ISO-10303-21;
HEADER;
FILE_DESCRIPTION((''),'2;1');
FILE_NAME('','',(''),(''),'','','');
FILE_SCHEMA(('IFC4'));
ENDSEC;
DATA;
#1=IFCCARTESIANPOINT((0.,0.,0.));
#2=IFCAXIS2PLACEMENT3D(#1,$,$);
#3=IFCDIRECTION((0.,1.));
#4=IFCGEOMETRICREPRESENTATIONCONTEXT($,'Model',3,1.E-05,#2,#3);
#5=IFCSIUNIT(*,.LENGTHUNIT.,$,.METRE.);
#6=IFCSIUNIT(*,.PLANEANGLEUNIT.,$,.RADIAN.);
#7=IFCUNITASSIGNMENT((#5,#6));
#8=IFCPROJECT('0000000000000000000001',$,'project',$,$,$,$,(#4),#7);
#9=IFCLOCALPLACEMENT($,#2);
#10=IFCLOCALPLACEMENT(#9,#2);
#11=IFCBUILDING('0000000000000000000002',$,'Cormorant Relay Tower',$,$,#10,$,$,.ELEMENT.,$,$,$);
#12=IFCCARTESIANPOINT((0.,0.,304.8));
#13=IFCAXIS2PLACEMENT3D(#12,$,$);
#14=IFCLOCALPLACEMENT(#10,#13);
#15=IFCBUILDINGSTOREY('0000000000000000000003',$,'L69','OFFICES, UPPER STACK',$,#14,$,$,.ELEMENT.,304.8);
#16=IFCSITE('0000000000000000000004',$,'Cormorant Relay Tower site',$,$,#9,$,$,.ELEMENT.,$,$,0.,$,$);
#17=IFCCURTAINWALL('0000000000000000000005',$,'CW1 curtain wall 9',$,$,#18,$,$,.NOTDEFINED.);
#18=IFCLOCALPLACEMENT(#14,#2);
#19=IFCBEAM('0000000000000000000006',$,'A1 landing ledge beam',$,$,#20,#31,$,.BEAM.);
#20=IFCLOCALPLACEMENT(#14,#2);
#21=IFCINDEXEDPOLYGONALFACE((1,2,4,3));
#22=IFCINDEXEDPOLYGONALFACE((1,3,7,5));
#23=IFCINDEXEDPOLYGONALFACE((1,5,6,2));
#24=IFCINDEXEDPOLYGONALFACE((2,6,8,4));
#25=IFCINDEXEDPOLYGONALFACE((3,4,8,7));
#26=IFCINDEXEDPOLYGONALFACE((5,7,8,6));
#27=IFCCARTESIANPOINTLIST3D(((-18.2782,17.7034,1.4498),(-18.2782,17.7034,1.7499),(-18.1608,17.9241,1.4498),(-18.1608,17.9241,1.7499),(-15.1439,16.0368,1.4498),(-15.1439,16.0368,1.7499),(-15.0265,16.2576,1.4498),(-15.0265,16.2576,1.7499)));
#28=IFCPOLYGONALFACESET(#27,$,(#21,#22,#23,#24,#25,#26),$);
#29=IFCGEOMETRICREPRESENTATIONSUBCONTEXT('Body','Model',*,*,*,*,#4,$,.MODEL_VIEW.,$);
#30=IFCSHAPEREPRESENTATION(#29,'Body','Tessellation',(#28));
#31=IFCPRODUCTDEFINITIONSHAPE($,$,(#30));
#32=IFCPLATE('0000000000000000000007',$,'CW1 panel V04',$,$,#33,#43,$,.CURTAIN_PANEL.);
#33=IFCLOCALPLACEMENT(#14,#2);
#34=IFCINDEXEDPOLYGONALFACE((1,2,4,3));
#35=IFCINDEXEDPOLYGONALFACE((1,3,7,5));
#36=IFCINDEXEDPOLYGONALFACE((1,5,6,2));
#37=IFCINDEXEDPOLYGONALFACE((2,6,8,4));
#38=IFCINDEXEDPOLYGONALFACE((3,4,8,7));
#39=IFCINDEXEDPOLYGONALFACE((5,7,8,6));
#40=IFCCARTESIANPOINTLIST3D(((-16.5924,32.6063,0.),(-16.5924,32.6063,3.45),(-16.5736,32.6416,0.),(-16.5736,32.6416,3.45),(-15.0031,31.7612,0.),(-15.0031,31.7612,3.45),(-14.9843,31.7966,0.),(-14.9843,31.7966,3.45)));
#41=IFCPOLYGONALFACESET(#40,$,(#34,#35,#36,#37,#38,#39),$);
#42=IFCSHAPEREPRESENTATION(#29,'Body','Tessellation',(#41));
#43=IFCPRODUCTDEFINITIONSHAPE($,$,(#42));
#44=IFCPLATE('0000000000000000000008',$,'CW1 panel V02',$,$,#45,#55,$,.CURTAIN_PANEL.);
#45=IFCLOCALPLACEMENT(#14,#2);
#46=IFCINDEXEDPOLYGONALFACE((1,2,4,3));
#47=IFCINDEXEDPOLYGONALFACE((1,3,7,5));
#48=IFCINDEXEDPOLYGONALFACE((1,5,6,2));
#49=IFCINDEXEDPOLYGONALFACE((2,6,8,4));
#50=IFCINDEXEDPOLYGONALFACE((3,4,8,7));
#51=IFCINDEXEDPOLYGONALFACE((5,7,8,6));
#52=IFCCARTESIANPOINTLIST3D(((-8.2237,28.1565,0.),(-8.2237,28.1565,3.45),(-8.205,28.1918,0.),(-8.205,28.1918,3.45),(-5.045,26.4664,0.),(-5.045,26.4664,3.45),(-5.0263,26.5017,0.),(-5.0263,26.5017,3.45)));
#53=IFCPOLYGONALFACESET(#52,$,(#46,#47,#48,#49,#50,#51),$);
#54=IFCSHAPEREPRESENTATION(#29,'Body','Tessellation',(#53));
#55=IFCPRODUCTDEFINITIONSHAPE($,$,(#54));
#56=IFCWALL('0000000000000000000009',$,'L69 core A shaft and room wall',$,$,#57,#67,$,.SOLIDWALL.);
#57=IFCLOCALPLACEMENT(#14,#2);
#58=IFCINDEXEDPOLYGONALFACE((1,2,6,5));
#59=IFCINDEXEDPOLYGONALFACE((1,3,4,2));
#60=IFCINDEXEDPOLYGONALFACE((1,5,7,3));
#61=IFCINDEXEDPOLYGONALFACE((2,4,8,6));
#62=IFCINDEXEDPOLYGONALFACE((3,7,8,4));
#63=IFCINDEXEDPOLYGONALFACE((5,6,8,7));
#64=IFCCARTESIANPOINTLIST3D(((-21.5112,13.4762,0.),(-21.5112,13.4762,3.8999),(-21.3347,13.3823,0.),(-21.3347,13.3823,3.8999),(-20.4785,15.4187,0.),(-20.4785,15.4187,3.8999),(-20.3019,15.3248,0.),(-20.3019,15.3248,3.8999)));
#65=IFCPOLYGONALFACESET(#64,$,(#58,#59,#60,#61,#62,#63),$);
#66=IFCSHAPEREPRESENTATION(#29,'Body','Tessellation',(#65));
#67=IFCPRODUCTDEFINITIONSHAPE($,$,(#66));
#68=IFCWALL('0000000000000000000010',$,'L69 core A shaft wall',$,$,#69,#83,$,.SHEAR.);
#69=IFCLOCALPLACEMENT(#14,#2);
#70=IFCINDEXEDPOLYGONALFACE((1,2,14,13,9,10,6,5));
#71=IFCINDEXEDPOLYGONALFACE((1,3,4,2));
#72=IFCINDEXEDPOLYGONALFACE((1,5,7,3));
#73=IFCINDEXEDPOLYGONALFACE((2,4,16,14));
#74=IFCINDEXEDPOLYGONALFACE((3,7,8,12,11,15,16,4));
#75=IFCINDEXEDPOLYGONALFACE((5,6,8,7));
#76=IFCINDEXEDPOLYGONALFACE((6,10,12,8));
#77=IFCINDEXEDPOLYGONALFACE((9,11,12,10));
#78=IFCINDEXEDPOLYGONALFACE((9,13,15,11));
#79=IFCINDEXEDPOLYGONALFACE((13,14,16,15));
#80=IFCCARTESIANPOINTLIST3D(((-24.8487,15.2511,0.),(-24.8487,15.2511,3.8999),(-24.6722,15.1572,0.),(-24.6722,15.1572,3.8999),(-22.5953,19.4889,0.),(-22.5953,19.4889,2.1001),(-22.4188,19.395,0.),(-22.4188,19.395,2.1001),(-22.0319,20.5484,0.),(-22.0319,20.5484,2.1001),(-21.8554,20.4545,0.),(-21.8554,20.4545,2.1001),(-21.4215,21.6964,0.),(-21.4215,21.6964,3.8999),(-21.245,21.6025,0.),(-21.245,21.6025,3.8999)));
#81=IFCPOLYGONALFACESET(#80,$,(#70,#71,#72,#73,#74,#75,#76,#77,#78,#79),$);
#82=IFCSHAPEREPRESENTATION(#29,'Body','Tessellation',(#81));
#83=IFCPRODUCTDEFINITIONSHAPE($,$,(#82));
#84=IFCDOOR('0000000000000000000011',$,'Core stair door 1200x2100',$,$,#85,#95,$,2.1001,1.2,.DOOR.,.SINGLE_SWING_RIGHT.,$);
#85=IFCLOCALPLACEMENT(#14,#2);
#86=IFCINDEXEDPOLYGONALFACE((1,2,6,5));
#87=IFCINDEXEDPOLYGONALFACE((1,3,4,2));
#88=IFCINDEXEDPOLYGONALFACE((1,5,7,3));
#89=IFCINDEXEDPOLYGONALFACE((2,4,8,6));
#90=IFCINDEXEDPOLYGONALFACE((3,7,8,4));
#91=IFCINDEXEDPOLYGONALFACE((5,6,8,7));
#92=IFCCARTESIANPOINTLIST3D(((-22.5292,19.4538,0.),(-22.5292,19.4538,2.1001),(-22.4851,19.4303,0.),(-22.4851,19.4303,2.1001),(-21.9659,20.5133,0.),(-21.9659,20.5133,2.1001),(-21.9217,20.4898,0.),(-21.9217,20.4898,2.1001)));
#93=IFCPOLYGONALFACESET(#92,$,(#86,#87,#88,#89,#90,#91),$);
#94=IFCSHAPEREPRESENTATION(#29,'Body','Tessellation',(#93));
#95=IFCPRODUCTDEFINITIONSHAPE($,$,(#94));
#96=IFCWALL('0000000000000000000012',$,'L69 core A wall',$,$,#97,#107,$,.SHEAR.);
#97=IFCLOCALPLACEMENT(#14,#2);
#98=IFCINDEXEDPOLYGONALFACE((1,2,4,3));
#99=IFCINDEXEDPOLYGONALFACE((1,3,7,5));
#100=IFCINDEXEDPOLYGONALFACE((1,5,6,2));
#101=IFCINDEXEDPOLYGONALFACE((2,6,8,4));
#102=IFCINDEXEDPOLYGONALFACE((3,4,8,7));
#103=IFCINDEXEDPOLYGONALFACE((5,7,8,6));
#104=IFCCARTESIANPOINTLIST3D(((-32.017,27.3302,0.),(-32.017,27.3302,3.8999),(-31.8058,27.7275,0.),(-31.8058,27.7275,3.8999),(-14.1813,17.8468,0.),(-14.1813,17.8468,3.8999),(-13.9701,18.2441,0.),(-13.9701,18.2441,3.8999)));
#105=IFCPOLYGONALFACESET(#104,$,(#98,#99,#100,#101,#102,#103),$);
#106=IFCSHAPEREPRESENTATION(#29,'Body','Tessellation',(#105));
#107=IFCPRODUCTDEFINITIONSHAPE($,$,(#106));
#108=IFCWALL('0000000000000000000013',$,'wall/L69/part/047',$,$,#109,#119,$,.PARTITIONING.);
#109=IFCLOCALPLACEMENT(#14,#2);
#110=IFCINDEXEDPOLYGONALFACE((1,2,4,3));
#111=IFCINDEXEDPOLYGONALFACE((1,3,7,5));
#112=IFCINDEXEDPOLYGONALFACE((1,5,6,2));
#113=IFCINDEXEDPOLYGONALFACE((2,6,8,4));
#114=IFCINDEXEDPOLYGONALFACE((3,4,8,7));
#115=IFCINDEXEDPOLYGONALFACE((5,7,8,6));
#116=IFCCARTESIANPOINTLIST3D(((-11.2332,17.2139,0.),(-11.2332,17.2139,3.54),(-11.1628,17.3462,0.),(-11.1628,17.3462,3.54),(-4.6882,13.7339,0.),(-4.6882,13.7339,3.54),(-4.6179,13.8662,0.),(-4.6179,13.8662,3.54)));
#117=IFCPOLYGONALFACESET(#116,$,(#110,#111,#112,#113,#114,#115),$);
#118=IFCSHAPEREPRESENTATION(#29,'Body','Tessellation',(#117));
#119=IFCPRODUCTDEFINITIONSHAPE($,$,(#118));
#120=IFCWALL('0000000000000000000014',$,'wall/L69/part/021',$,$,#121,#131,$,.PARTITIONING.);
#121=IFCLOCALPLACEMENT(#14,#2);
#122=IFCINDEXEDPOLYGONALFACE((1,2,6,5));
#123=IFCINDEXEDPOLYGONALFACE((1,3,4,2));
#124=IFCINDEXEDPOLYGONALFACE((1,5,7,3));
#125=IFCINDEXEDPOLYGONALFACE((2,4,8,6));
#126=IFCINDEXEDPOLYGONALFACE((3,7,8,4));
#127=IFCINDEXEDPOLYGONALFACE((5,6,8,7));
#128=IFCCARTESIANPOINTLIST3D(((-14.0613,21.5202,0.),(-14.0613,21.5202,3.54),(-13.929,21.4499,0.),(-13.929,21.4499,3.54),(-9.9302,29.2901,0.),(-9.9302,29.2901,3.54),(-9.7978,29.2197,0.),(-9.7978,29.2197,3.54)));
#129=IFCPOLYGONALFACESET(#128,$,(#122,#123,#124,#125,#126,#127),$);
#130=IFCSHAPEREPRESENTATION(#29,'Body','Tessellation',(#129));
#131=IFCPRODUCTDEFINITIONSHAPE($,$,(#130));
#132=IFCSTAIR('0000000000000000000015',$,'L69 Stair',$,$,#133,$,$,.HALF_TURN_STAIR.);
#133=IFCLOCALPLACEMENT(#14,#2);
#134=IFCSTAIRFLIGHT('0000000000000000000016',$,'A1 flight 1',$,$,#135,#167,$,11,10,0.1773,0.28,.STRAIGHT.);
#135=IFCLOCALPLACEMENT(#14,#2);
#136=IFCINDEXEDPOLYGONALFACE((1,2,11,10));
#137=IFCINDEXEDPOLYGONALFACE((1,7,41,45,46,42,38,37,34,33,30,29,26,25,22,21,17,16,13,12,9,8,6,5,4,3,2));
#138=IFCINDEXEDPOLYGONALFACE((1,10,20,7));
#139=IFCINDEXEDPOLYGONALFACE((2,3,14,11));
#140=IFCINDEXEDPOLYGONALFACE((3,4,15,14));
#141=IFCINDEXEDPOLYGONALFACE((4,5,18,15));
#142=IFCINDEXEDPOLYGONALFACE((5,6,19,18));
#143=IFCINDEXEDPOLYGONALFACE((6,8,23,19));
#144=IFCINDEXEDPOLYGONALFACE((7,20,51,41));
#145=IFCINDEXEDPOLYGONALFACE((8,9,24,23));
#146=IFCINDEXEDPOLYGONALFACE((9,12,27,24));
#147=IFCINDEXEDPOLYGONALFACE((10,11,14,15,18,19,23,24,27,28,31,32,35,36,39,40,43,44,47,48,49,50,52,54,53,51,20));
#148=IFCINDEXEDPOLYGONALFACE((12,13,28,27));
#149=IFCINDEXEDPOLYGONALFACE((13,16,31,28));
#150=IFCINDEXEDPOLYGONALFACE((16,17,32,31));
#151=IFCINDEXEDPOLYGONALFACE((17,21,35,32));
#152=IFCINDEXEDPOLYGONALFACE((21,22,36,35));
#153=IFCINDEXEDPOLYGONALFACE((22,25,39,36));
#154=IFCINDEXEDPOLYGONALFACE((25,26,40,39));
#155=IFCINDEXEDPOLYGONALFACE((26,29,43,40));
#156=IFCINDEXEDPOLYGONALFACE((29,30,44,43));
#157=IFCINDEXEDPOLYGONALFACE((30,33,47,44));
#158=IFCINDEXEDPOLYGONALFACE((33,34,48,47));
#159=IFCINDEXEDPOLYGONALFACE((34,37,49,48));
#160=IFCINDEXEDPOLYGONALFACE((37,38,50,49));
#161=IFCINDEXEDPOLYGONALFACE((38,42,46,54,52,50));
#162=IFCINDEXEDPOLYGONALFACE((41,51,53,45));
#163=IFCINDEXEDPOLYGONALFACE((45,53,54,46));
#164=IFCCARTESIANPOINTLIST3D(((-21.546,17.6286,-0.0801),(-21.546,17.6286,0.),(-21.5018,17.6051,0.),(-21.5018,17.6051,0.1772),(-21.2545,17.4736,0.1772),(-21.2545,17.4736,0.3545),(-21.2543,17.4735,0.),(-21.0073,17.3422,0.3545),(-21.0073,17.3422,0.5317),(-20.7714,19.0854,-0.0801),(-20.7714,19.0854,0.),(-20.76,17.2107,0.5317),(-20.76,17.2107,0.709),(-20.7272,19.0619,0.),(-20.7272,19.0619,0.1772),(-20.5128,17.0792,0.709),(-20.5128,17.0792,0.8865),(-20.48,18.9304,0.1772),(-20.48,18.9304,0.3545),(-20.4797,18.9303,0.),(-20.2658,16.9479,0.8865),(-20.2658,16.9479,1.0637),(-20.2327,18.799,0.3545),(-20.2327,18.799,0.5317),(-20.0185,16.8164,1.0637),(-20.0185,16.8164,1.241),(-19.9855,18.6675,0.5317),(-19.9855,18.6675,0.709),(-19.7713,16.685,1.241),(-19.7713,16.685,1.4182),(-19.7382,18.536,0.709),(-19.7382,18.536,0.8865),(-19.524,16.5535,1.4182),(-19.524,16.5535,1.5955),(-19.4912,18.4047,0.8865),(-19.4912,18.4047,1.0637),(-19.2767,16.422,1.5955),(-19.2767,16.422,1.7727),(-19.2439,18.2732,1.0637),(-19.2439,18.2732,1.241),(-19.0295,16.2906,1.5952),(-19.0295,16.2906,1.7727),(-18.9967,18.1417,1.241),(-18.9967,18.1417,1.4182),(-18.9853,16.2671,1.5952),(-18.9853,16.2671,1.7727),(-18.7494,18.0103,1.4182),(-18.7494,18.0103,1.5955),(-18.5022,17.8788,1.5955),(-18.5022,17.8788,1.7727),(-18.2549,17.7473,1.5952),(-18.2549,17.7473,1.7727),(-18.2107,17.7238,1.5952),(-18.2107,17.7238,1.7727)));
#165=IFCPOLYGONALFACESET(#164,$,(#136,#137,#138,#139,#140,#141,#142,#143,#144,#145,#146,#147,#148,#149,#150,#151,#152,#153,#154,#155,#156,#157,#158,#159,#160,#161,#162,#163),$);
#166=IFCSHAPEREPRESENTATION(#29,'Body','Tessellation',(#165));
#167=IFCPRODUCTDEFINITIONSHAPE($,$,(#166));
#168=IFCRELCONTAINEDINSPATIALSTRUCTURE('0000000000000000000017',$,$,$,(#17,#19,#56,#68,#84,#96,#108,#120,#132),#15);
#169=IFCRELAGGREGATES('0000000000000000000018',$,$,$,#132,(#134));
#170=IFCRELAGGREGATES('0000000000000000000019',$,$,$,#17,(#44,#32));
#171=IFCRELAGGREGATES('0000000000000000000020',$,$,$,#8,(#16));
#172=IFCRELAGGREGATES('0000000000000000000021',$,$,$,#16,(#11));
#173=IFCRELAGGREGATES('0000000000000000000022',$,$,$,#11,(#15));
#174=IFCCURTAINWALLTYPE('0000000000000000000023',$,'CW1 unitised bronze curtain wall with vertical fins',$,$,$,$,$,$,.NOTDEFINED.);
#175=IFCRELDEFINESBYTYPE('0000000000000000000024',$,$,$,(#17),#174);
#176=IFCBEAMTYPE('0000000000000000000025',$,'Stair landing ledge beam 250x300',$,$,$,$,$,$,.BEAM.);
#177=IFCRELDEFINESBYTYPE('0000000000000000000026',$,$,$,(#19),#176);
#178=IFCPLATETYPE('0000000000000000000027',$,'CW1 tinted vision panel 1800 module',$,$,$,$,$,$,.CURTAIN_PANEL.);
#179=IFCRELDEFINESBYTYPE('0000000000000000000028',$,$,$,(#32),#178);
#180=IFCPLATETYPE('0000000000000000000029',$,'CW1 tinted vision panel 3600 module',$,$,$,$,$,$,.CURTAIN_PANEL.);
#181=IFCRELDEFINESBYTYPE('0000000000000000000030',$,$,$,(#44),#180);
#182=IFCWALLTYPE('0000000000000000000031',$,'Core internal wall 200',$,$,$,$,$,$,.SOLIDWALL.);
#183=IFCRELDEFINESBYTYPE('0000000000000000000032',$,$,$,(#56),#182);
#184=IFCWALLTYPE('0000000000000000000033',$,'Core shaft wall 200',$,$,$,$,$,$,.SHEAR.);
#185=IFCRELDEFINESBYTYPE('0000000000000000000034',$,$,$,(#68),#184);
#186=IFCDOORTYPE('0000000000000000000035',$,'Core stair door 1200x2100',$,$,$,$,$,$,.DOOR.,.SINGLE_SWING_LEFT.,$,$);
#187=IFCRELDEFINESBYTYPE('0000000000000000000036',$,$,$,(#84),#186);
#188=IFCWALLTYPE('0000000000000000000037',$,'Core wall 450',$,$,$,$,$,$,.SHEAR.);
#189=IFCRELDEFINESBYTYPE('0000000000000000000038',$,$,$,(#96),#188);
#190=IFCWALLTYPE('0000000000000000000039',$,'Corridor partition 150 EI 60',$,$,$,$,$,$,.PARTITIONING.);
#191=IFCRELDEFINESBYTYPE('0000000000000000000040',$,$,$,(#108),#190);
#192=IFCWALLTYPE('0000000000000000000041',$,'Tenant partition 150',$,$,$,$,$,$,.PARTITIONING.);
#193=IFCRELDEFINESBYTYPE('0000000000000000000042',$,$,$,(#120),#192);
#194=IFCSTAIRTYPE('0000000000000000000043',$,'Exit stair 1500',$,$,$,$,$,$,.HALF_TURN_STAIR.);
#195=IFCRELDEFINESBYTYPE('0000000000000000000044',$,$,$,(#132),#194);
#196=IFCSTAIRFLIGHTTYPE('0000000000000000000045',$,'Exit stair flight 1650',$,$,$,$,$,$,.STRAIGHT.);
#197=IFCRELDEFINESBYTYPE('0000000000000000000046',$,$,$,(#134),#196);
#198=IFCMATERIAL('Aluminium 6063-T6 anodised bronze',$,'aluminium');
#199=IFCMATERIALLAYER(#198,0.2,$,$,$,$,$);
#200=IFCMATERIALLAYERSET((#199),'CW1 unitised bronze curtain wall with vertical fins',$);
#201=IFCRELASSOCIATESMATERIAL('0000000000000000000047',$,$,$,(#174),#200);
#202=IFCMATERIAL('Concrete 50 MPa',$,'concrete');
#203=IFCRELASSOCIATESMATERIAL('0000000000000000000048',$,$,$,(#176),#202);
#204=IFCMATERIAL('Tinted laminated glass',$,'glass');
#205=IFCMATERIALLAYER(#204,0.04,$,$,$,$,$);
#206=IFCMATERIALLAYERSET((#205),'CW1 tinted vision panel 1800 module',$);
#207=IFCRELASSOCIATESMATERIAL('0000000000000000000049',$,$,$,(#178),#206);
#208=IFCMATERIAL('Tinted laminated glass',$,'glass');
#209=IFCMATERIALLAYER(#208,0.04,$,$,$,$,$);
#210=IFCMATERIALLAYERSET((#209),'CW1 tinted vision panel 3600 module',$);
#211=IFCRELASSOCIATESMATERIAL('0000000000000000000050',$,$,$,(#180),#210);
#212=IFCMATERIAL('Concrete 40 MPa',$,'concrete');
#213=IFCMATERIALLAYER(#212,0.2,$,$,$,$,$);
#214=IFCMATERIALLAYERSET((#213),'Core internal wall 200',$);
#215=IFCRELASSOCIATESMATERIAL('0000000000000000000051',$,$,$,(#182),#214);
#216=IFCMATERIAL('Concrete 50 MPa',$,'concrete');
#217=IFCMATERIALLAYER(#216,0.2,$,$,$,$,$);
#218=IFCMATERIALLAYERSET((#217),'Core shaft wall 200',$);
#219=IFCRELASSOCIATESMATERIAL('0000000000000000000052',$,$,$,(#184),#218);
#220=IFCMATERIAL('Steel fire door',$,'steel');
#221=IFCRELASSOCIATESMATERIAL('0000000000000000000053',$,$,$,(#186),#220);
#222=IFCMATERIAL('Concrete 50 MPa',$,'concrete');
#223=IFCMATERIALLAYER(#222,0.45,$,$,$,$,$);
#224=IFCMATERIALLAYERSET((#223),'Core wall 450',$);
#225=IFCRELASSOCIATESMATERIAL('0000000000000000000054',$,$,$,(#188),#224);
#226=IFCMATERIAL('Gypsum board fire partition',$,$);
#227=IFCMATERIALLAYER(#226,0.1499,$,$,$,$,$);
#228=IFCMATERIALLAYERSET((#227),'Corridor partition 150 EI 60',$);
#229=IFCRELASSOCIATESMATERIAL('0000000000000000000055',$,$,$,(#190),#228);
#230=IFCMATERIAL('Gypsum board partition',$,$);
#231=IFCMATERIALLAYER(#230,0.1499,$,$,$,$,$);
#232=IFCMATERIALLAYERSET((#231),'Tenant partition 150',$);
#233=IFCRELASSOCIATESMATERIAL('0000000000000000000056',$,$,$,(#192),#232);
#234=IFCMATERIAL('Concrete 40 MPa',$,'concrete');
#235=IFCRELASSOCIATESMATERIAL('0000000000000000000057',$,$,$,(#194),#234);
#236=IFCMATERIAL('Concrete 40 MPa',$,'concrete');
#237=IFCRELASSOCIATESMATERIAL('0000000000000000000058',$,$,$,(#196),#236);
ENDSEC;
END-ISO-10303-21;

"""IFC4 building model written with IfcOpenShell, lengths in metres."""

from ifc_helpers import new_model, si_unit, direction, frame, frame_2d, origin, origin_2d, place, context, subcontext, project, spatial, polyline, rectangle, outline, extrude, material, layer, layer_set, material_profile, profile_set, type_object, element, fill, aggregate, save


model = new_model("IFC4")

# Units and contexts
model_context = context("Model", 3, precision=1e-05, world=origin(), true_north=direction((0.0, 1.0)))
body_context = subcontext(model_context, "Body", "Model", "MODEL_VIEW")
ifc_project = project(units=[si_unit("LENGTHUNIT", "METRE"), si_unit("PLANEANGLEUNIT", "RADIAN")], contexts=[model_context])

# Site, building, storey
site_placement = place(None, origin())
site = spatial("IfcSite", under=ifc_project, at=site_placement, Name="Cormorant Relay Tower site", CompositionType="ELEMENT", RefElevation=0.0)
building_placement = place(site_placement, origin())
building = spatial("IfcBuilding", under=site, at=building_placement, Name="Cormorant Relay Tower", CompositionType="ELEMENT")
storey_placement = place(building_placement, frame((0.0, 0.0, 304.8)))
storey = spatial("IfcBuildingStorey", under=building, at=storey_placement, Name="L69", Description="OFFICES, UPPER STACK", CompositionType="ELEMENT", Elevation=304.8)

# Curtain wall
ifc_material_1 = material(Name="Aluminium 6063-T6 anodised bronze", Category="aluminium")
ifc_layer_1 = layer(ifc_material_1, 0.2)
ifc_layer_set_1 = layer_set([ifc_layer_1], Name="CW1 unitised bronze curtain wall with vertical fins")
curtain_wall_type = type_object("IfcCurtainWallType", Name="CW1 unitised bronze curtain wall with vertical fins", PredefinedType="NOTDEFINED", material=ifc_layer_set_1)
curtain_wall_placement = place(storey_placement, origin())
curtain_wall = element("IfcCurtainWall", 1, at=curtain_wall_placement, inside=storey, type_object=curtain_wall_type, Name="CW1 curtain wall 9", PredefinedType="NOTDEFINED")

# Beam
ifc_material_2 = material(Name="Concrete 50 MPa", Category="concrete")
ifc_material_profile_1 = material_profile(ifc_material_2, rectangle(XDim=0.25, YDim=0.3, at=origin_2d()), Name="RC 250x300")
ifc_profile_set_1 = profile_set([ifc_material_profile_1], Name="Concrete 50 MPa")
beam_type_1 = type_object("IfcBeamType", Name="Stair landing ledge beam 250x300", PredefinedType="BEAM", material=ifc_profile_set_1)
beam_1_placement = place(storey_placement, frame((-18.2195, 17.8137, 1.5999), z_axis=(0.88295, -0.469467, 0.0), x_axis=(0.469467, 0.88295, 0.0)))
element("IfcBeam", 2, at=beam_1_placement, inside=storey, type_object=beam_type_1, Name="A1 landing ledge beam", PredefinedType="BEAM", context=body_context, shape_type="SweptSolid", body=[
    extrude(rectangle(XDim=0.25, YDim=0.3, at=origin_2d()), origin(), (0.0, 0.0, 1.0), 3.5498),
])

# Plates
ifc_material_3 = material(Name="Tinted laminated glass", Category="glass")
ifc_layer_2 = layer(ifc_material_3, 0.04)
ifc_layer_set_2 = layer_set([ifc_layer_2], Name="CW1 tinted vision panel 1800 module")
plate_type_1 = type_object("IfcPlateType", Name="CW1 tinted vision panel 1800 module", PredefinedType="CURTAIN_PANEL", material=ifc_layer_set_2)
plate_1_placement = place(storey_placement, frame((-15.7883, 32.2014, 0.0), z_axis=(0.0, 0.0, 1.0), x_axis=(-0.882948, 0.469472, 0.0)))
plate_1 = element("IfcPlate", 3, at=plate_1_placement, type_object=plate_type_1, Name="CW1 panel V04", PredefinedType="CURTAIN_PANEL", context=body_context, shape_type="SweptSolid", body=[
    extrude(rectangle(XDim=1.8, YDim=0.04, at=origin_2d()), origin(), (0.0, 0.0, 1.0), 3.45),
])
ifc_material_4 = material(Name="Tinted laminated glass", Category="glass")
ifc_layer_3 = layer(ifc_material_4, 0.04)
ifc_layer_set_3 = layer_set([ifc_layer_3], Name="CW1 tinted vision panel 3600 module")
plate_type_2 = type_object("IfcPlateType", Name="CW1 tinted vision panel 3600 module", PredefinedType="CURTAIN_PANEL", material=ifc_layer_set_3)
plate_2_placement = place(storey_placement, frame((-6.625, 27.3291, 0.0), z_axis=(0.0, 0.0, 1.0), x_axis=(-0.882948, 0.469472, 0.0)))
plate_2 = element("IfcPlate", 4, at=plate_2_placement, type_object=plate_type_2, Name="CW1 panel V02", PredefinedType="CURTAIN_PANEL", context=body_context, shape_type="SweptSolid", body=[
    extrude(rectangle(XDim=3.6001, YDim=0.04, at=origin_2d()), origin(), (0.0, 0.0, 1.0), 3.45),
])

# Wall
ifc_material_5 = material(Name="Concrete 40 MPa", Category="concrete")
ifc_layer_4 = layer(ifc_material_5, 0.2)
ifc_layer_set_4 = layer_set([ifc_layer_4], Name="Core internal wall 200")
wall_type_1 = type_object("IfcWallType", Name="Core internal wall 200", PredefinedType="SOLIDWALL", material=ifc_layer_set_4)
wall_1_placement = place(storey_placement, frame((-20.3901, 15.3718, 0.0), z_axis=(0.0, 0.0, 1.0), x_axis=(-0.469447, -0.88296, 0.0)))
element("IfcWall", 5, at=wall_1_placement, inside=storey, type_object=wall_type_1, Name="L69 core A shaft and room wall", PredefinedType="SOLIDWALL", context=body_context, shape_type="SweptSolid", body=[
    extrude(rectangle(XDim=2.2, YDim=0.2, at=frame_2d((1.1001, 0.0))), origin(), (0.0, 0.0, 1.0), 3.8999),
])

# Wall, opening, door
ifc_material_6 = material(Name="Concrete 50 MPa", Category="concrete")
ifc_layer_5 = layer(ifc_material_6, 0.2)
ifc_layer_set_5 = layer_set([ifc_layer_5], Name="Core shaft wall 200")
wall_type_2 = type_object("IfcWallType", Name="Core shaft wall 200", PredefinedType="SHEAR", material=ifc_layer_set_5)
wall_2_placement = place(storey_placement, frame((-21.3333, 21.6494, 0.0), z_axis=(0.0, 0.0, 1.0), x_axis=(-0.469494, -0.882936, 0.0)))
wall_2 = element("IfcWall", 6, at=wall_2_placement, inside=storey, type_object=wall_type_2, Name="L69 core A shaft wall", PredefinedType="SHEAR", context=body_context, shape_type="SweptSolid", body=[
    extrude(rectangle(XDim=7.2998, YDim=0.2, at=frame_2d((3.6499, 0.0))), origin(), (0.0, 0.0, 1.0), 3.8999),
])
opening_1_placement = place(wall_2_placement, frame((1.3, 0.0, 0.0)))
opening_1 = element("IfcOpeningElement", 7, at=opening_1_placement, cuts=wall_2, PredefinedType="OPENING", context=body_context, shape_type="SweptSolid", body=[
    extrude(rectangle(XDim=1.2, YDim=2.1001, at=frame_2d((0.6001, 1.05))), frame((0.0, 0.1099, 0.0), z_axis=(0.0, -1.0, 0.0), x_axis=(1.0, 0.0, 0.0)), (0.0, 0.0, 1.0), 0.22),
])
ifc_material_7 = material(Name="Steel fire door", Category="steel")
door_type_1 = type_object("IfcDoorType", Name="Core stair door 1200x2100", OperationType="SINGLE_SWING_LEFT", PredefinedType="DOOR", material=ifc_material_7)
door_1_placement = place(opening_1_placement, origin())
door_1 = element("IfcDoor", 8, at=door_1_placement, inside=storey, type_object=door_type_1, Name="Core stair door 1200x2100", OperationType="SINGLE_SWING_RIGHT", OverallHeight=2.1001, OverallWidth=1.2, PredefinedType="DOOR", context=body_context, shape_type="SweptSolid", body=[
    extrude(rectangle(XDim=1.2, YDim=2.1001, at=frame_2d((0.6001, 1.05))), frame((0.0, 0.0249, 0.0), z_axis=(0.0, -1.0, 0.0), x_axis=(1.0, 0.0, 0.0)), (0.0, 0.0, 1.0), 0.05),
])
fill(opening_1, door_1)
ifc_material_8 = material(Name="Concrete 50 MPa", Category="concrete")
ifc_layer_6 = layer(ifc_material_8, 0.45)
ifc_layer_set_6 = layer_set([ifc_layer_6], Name="Core wall 450")
wall_type_3 = type_object("IfcWallType", Name="Core wall 450", PredefinedType="SHEAR", material=ifc_layer_set_6)

# Walls
wall_3_placement = place(storey_placement, frame((-14.0757, 18.0454, 0.0), z_axis=(0.0, 0.0, 1.0), x_axis=(-0.882948, 0.469471, 0.0)))
element("IfcWall", 9, at=wall_3_placement, inside=storey, type_object=wall_type_3, Name="L69 core A wall", PredefinedType="SHEAR", context=body_context, shape_type="SweptSolid", body=[
    extrude(rectangle(XDim=20.2002, YDim=0.45, at=frame_2d((10.1001, 0.0))), origin(), (0.0, 0.0, 1.0), 3.8999),
])
ifc_material_9 = material(Name="Gypsum board fire partition")
ifc_layer_7 = layer(ifc_material_9, 0.1499)
ifc_layer_set_7 = layer_set([ifc_layer_7], Name="Corridor partition 150 EI 60")
wall_type_4 = type_object("IfcWallType", Name="Corridor partition 150 EI 60", PredefinedType="PARTITIONING", material=ifc_layer_set_7)
wall_4_placement = place(storey_placement, frame((-11.198, 17.28, 0.0), z_axis=(0.0, 0.0, 1.0), x_axis=(0.882948, -0.46947, 0.0)))
element("IfcWall", 10, at=wall_4_placement, inside=storey, type_object=wall_type_4, Name="wall/L69/part/047", PredefinedType="PARTITIONING", context=body_context, shape_type="SweptSolid", body=[
    extrude(rectangle(XDim=7.4126, YDim=0.1499, at=frame_2d((3.7063, 0.0))), origin(), (0.0, 0.0, 1.0), 3.54),
])
ifc_material_10 = material(Name="Gypsum board partition")
ifc_layer_8 = layer(ifc_material_10, 0.1499)
ifc_layer_set_8 = layer_set([ifc_layer_8], Name="Tenant partition 150")
wall_type_5 = type_object("IfcWallType", Name="Tenant partition 150", PredefinedType="PARTITIONING", material=ifc_layer_set_8)
wall_5_placement = place(storey_placement, frame((-9.864, 29.2549, 0.0), z_axis=(0.0, 0.0, 1.0), x_axis=(-0.469457, -0.882955, 0.0)))
element("IfcWall", 11, at=wall_5_placement, inside=storey, type_object=wall_type_5, Name="wall/L69/part/021", PredefinedType="PARTITIONING", context=body_context, shape_type="SweptSolid", body=[
    extrude(rectangle(XDim=8.7998, YDim=0.1499, at=frame_2d((4.3999, 0.0))), origin(), (0.0, 0.0, 1.0), 3.54),
])

# Stair, stair flight
ifc_material_11 = material(Name="Concrete 40 MPa", Category="concrete")
stair_type = type_object("IfcStairType", Name="Exit stair 1500", PredefinedType="HALF_TURN_STAIR", material=ifc_material_11)
stair_placement = place(storey_placement, origin())
stair = element("IfcStair", 12, at=stair_placement, inside=storey, type_object=stair_type, Name="L69 Stair", PredefinedType="HALF_TURN_STAIR")
ifc_material_12 = material(Name="Concrete 40 MPa", Category="concrete")
stair_flight_type = type_object("IfcStairFlightType", Name="Exit stair flight 1650", PredefinedType="STRAIGHT", material=ifc_material_12)
stair_flight_1_placement = place(storey_placement, frame((-21.1145, 18.3335, 0.0), z_axis=(0.0, 0.0, 1.0), x_axis=(0.882948, -0.469472, 0.0)))
stair_flight_1 = element("IfcStairFlight", 13, at=stair_flight_1_placement, type_object=stair_flight_type, Name="A1 flight 1", NumberOfRisers=11, NumberOfTreads=10, PredefinedType="STRAIGHT", RiserHeight=0.1773, TreadLength=0.28, context=body_context, shape_type="SweptSolid", body=[
    extrude(outline(polyline([(-0.05, -0.0801), (-0.05, 0.0), (0.0, 0.0), (0.0, 0.1772), (0.28, 0.1772), (0.28, 0.3545), (0.5601, 0.3545), (0.5601, 0.5317), (0.8401, 0.5317), (0.8401, 0.709), (1.1201, 0.709), (1.1201, 0.8865), (1.3999, 0.8865), (1.3999, 1.0637), (1.6799, 1.0637), (1.6799, 1.241), (1.96, 1.241), (1.96, 1.4182), (2.24, 1.4182), (2.24, 1.5955), (2.52, 1.5955), (2.52, 1.7727), (2.8, 1.7727), (2.8501, 1.7727), (2.8501, 1.5952), (2.8, 1.5952), (0.2803, 0.0), (-0.05, -0.0801)])), frame((0.0, 0.825, 0.0), z_axis=(0.0, -1.0, 0.0), x_axis=(1.0, 0.0, 0.0)), (0.0, 0.0, 1.0), 1.6499),
])
aggregate(stair, [stair_flight_1])

aggregate(curtain_wall, [plate_2, plate_1])

save(model, "model.ifc")
